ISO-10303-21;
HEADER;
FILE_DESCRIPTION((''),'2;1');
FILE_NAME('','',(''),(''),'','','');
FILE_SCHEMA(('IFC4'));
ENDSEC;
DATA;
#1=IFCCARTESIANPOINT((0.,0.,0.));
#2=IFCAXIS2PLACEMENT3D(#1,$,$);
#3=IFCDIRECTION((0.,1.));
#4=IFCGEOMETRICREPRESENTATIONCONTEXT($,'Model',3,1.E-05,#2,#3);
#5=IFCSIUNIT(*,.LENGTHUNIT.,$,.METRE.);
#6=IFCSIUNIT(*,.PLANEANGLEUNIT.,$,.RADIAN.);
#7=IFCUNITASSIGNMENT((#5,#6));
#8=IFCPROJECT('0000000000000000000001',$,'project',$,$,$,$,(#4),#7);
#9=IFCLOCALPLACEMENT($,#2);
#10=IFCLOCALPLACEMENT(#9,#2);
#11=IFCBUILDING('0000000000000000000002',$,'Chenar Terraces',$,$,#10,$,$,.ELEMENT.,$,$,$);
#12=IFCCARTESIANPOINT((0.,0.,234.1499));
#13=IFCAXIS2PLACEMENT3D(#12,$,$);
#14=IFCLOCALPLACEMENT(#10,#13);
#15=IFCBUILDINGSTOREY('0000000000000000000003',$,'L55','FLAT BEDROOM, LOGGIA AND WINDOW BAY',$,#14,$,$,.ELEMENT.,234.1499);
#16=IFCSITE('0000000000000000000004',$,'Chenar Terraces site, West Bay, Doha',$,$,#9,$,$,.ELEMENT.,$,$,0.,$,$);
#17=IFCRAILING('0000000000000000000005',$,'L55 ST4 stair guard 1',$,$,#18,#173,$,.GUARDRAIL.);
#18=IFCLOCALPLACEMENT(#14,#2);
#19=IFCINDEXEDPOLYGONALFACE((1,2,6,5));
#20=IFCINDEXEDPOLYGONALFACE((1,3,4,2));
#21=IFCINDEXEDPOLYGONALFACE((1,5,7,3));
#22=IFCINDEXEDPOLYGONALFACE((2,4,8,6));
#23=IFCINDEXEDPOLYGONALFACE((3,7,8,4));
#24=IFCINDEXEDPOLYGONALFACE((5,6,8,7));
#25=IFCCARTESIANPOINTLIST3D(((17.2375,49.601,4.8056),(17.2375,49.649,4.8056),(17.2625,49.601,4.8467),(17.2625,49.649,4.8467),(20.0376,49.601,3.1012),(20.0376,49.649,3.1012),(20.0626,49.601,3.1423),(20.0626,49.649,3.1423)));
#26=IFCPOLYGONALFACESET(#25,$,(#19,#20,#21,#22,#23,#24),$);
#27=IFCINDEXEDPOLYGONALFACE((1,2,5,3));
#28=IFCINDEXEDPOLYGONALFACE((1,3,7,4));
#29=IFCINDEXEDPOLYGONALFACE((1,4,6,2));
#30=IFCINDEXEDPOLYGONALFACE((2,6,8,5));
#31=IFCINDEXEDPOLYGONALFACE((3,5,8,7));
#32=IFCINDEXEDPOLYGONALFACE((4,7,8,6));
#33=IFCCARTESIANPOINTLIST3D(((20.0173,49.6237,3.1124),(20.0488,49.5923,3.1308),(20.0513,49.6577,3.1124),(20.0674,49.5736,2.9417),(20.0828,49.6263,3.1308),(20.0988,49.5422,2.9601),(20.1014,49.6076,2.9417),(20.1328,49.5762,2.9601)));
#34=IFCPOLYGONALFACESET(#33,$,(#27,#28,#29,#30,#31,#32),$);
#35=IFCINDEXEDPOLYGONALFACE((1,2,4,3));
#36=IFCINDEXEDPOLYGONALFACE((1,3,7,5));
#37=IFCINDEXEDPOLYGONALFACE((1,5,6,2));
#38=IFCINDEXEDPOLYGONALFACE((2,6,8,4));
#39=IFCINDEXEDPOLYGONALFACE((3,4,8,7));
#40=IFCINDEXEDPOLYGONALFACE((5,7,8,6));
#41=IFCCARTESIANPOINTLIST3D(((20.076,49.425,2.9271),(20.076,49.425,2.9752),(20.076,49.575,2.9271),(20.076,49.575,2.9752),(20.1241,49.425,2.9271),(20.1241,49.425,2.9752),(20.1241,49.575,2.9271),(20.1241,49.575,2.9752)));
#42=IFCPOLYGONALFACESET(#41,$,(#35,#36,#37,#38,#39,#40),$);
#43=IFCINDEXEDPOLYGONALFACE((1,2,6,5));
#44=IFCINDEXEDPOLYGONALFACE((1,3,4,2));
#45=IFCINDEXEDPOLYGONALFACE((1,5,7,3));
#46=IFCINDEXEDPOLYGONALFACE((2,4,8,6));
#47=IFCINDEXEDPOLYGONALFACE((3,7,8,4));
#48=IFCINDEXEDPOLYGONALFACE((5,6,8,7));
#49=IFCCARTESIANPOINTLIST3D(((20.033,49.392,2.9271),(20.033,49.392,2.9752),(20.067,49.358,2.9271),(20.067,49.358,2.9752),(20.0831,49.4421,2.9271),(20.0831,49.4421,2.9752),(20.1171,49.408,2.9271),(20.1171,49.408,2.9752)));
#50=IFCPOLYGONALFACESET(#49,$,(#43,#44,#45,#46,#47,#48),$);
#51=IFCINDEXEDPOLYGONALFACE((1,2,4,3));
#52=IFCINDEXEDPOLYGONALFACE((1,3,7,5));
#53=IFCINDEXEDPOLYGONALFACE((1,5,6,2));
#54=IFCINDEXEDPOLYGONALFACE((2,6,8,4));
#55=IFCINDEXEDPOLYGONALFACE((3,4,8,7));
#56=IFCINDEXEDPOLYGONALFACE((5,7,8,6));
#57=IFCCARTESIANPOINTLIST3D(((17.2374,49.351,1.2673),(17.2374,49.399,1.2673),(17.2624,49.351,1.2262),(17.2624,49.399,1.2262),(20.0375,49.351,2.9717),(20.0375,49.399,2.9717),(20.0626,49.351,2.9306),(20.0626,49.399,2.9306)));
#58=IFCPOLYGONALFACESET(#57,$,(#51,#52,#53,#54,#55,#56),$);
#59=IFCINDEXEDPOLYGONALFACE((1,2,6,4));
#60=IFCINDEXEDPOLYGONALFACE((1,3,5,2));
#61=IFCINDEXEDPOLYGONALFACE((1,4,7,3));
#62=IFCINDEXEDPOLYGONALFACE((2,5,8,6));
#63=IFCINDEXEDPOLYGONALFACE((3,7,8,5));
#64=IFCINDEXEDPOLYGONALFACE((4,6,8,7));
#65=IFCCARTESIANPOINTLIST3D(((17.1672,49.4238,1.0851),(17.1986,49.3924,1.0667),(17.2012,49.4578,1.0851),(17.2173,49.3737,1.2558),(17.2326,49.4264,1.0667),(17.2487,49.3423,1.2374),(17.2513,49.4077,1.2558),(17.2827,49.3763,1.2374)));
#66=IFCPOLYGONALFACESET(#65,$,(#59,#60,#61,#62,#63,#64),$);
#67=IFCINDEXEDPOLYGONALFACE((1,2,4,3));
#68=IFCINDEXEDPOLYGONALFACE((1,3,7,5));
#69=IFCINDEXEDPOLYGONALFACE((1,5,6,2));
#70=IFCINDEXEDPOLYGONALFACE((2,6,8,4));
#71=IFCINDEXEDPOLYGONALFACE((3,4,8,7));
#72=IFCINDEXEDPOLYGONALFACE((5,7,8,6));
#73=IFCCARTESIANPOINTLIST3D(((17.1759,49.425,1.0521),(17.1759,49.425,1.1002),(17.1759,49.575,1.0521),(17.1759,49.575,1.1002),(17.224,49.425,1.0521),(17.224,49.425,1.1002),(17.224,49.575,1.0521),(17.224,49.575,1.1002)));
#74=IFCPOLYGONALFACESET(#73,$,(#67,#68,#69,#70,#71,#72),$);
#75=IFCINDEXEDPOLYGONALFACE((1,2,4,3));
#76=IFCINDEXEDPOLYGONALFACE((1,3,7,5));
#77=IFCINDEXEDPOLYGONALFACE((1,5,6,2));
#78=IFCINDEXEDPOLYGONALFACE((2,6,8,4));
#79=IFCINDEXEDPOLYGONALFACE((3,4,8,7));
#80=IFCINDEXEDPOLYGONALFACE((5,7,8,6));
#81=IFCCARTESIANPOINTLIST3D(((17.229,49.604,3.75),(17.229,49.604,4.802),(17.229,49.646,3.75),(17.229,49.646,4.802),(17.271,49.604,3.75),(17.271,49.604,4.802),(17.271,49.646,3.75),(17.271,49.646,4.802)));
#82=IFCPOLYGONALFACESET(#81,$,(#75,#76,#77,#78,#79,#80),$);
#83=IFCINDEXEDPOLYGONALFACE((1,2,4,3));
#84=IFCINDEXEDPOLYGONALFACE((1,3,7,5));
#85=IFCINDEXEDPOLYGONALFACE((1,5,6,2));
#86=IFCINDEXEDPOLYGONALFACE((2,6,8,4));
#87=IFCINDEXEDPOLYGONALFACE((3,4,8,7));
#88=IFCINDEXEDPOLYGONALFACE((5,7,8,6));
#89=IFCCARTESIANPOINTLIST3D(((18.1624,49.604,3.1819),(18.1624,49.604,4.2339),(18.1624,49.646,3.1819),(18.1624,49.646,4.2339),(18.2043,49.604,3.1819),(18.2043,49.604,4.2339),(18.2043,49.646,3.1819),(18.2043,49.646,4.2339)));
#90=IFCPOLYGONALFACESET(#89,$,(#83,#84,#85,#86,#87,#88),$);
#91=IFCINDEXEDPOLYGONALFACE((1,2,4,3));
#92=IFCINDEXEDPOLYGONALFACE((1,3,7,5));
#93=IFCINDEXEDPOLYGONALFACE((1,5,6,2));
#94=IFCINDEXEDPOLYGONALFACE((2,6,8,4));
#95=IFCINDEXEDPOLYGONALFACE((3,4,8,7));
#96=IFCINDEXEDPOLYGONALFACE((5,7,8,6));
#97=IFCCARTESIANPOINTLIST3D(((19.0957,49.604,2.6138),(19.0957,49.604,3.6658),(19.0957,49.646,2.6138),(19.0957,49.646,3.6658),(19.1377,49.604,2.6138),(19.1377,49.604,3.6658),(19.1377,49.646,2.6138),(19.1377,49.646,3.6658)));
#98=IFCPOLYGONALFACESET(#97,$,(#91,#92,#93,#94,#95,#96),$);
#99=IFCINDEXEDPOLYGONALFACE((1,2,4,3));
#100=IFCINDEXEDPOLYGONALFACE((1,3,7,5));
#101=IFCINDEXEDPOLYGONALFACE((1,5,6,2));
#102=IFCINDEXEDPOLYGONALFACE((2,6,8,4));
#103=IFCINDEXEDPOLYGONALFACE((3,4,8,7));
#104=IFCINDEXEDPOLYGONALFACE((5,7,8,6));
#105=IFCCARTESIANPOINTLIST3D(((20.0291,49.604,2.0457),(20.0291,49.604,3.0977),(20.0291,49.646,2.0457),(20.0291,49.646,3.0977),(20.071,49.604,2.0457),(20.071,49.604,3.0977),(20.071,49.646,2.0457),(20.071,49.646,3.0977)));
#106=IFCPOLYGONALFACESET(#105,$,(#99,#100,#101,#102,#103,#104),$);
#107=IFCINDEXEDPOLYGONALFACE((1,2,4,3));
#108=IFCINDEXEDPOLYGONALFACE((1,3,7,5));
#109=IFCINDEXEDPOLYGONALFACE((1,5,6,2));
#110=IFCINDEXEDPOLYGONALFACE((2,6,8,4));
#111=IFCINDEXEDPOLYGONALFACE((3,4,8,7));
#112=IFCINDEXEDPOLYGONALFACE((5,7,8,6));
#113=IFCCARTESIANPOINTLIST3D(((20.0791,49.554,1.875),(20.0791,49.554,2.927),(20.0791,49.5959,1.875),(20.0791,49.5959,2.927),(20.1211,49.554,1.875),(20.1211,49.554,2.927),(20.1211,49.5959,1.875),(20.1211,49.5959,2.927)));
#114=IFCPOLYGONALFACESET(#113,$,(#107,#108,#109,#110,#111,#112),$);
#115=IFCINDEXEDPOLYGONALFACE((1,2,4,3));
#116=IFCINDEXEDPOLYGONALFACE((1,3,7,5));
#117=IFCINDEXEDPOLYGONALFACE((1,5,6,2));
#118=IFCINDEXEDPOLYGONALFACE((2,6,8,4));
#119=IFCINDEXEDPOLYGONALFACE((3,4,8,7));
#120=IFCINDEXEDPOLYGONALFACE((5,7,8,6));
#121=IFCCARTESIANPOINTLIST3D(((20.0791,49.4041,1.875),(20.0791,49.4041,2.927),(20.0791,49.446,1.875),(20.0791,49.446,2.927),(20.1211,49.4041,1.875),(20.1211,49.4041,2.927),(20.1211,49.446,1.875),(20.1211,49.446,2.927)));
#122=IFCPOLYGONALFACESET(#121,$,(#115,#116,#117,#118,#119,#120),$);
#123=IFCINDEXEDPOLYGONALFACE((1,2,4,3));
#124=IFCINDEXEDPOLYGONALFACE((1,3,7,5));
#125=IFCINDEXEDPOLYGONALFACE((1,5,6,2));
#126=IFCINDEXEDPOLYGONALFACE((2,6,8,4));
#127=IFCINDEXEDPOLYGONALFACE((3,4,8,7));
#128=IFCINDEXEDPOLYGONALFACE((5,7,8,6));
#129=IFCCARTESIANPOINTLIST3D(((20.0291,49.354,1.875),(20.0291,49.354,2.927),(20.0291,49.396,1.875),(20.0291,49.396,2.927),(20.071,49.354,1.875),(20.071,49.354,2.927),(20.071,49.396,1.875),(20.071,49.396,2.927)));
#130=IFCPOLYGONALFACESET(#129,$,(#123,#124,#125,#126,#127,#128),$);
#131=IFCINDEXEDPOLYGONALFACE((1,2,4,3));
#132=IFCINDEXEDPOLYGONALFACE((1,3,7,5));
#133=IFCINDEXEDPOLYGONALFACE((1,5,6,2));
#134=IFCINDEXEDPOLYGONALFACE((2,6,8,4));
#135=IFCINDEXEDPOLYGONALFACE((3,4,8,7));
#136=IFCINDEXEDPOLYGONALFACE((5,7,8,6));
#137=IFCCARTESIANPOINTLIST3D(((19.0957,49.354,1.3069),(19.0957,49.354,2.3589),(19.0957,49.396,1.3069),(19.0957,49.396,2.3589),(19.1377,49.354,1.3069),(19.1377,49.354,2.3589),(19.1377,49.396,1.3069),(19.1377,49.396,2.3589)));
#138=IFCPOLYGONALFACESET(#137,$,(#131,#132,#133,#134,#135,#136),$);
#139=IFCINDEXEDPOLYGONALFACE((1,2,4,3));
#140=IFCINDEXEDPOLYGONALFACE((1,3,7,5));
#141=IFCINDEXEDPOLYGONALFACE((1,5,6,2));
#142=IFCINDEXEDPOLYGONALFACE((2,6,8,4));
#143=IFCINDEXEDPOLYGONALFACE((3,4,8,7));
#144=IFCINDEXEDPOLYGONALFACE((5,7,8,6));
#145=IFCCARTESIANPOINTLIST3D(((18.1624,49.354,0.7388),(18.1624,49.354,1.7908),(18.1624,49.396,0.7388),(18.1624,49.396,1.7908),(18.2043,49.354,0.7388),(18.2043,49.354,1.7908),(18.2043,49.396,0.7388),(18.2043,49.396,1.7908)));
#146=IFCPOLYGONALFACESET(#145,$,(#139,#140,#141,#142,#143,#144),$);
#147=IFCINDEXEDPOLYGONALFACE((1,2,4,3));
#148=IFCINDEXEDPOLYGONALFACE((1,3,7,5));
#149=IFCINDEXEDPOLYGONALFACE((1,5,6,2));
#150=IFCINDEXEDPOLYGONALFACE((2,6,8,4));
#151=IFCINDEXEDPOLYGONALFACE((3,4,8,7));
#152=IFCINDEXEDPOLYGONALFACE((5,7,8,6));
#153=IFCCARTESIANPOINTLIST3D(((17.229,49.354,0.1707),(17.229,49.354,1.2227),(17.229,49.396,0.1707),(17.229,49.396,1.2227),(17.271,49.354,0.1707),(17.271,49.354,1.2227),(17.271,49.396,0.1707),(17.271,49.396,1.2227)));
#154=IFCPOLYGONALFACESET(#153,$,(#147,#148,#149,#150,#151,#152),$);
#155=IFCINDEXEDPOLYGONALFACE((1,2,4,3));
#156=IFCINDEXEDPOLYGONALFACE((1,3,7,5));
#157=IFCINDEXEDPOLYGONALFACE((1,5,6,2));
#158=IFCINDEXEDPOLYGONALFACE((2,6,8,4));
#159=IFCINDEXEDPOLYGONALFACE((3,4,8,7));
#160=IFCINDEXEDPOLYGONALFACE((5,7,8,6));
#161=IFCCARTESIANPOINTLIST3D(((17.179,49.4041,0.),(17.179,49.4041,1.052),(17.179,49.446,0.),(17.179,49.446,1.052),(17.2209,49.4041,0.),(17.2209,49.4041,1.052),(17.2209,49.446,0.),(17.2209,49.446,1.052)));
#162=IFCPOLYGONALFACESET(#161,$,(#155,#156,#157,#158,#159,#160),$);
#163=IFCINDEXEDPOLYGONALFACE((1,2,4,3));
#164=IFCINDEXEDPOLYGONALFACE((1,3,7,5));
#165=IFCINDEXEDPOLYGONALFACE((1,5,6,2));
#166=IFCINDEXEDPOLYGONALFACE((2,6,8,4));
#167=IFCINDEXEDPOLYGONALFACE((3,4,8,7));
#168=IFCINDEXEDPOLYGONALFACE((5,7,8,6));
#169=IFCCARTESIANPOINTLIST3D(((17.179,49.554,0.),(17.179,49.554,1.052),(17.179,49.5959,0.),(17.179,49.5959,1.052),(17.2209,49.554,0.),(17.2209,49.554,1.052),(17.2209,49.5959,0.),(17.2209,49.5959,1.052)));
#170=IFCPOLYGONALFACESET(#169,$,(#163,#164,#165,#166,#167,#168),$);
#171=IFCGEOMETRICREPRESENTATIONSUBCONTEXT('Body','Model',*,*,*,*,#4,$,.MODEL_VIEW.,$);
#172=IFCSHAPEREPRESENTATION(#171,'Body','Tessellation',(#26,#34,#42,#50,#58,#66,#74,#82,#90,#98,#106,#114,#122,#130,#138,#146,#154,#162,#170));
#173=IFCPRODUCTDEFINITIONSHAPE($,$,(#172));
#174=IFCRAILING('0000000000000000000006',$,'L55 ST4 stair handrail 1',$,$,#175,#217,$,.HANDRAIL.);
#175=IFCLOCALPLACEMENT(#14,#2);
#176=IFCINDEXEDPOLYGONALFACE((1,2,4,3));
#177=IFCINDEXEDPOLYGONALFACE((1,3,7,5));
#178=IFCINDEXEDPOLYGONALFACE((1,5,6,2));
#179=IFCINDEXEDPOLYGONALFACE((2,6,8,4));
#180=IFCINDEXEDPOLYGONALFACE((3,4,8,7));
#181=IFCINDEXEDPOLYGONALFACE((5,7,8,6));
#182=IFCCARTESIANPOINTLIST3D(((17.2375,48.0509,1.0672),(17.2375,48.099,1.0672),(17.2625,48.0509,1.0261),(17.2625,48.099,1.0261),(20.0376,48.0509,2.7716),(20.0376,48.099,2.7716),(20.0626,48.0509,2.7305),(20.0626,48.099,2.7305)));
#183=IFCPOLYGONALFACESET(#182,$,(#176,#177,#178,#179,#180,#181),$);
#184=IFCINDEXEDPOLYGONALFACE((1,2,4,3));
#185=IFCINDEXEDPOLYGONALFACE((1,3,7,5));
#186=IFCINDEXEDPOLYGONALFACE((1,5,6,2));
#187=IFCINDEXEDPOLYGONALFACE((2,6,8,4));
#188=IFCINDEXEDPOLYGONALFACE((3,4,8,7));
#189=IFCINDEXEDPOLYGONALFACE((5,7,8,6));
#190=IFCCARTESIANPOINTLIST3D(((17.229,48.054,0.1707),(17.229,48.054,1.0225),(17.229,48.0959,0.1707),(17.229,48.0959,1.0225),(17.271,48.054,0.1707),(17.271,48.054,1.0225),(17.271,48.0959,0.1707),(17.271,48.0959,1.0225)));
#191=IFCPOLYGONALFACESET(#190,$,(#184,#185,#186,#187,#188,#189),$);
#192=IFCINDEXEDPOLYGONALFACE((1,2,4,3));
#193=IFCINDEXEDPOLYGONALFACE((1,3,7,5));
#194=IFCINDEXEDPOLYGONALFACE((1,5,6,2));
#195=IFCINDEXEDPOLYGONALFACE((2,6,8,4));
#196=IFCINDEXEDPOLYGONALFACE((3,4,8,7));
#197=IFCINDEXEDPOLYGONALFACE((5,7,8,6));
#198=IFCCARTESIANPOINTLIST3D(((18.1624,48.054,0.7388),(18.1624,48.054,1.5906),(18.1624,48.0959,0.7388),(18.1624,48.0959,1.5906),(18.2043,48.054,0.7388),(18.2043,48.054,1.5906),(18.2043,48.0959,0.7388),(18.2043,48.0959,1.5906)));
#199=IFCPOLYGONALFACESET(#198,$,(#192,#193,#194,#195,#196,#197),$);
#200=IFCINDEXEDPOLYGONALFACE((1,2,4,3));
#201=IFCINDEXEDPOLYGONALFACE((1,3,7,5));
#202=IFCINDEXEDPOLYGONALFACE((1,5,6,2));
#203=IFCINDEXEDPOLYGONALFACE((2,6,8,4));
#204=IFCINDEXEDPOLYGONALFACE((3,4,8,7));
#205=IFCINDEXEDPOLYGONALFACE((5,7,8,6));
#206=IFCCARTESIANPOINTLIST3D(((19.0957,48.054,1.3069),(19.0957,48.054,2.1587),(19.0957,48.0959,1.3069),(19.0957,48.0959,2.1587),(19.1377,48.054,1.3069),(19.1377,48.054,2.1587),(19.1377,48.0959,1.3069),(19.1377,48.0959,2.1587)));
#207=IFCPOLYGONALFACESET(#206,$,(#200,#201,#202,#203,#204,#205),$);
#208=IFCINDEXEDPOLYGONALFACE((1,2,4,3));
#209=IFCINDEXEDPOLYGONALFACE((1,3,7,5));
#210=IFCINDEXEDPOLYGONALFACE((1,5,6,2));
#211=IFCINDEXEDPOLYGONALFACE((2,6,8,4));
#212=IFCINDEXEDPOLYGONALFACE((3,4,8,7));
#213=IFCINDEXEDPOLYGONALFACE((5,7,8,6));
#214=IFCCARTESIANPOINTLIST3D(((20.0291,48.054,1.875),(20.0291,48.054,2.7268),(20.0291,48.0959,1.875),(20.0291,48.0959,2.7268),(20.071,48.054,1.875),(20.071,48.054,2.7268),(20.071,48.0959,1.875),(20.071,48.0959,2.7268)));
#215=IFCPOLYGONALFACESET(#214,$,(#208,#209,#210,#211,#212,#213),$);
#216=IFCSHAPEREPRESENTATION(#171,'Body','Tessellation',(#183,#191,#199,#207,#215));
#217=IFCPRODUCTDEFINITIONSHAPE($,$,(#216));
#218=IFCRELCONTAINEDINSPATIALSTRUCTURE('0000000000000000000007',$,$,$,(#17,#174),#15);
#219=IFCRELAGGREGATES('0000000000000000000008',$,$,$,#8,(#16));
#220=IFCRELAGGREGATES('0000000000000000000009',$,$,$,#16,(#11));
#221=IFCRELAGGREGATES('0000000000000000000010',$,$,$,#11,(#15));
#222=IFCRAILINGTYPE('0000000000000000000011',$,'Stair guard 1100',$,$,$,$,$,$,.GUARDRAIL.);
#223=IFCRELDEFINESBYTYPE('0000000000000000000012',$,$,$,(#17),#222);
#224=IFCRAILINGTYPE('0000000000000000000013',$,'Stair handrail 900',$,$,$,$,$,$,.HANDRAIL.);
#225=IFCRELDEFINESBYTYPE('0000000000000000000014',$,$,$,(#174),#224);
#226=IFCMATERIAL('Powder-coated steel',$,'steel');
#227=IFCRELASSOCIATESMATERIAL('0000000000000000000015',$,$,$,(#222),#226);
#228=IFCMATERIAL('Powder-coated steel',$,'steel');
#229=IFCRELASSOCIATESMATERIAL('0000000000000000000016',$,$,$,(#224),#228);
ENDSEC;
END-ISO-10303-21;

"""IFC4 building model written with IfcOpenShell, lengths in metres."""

from ifc_helpers import new_model, si_unit, direction, frame, origin, origin_2d, place, context, subcontext, project, spatial, rectangle, extrude, material, type_object, element, save


model = new_model("IFC4")

# Units and contexts
model_context = context("Model", 3, precision=1e-05, world=origin(), true_north=direction((0.0, 1.0)))
body_context = subcontext(model_context, "Body", "Model", "MODEL_VIEW")
ifc_project = project(units=[si_unit("LENGTHUNIT", "METRE"), si_unit("PLANEANGLEUNIT", "RADIAN")], contexts=[model_context])

# Site, building, storey
site_placement = place(None, origin())
site = spatial("IfcSite", under=ifc_project, at=site_placement, Name="Chenar Terraces site, West Bay, Doha", CompositionType="ELEMENT", RefElevation=0.0)
building_placement = place(site_placement, origin())
building = spatial("IfcBuilding", under=site, at=building_placement, Name="Chenar Terraces", CompositionType="ELEMENT")
storey_placement = place(building_placement, frame((0.0, 0.0, 234.1499)))
storey = spatial("IfcBuildingStorey", under=building, at=storey_placement, Name="L55", Description="FLAT BEDROOM, LOGGIA AND WINDOW BAY", CompositionType="ELEMENT", Elevation=234.1499)

# Railings
ifc_material_1 = material(Name="Powder-coated steel", Category="steel")
railing_type_1 = type_object("IfcRailingType", Name="Stair guard 1100", PredefinedType="GUARDRAIL", material=ifc_material_1)
railing_1_placement = place(storey_placement, frame((17.25, 49.625, 3.75)))
element("IfcRailing", 1, at=railing_1_placement, inside=storey, type_object=railing_type_1, Name="L55 ST4 stair guard 1", PredefinedType="GUARDRAIL", context=body_context, shape_type="SweptSolid", body=[
    extrude(rectangle(XDim=0.0481, YDim=0.0481, at=origin_2d()), frame((0.0, 0.0, 1.0762), z_axis=(0.854203, 0.0, -0.51994), x_axis=(0.0, 1.0, 0.0)), (0.0, 0.0, 1.0), 3.2781),
    extrude(rectangle(XDim=0.0481, YDim=0.0481, at=origin_2d()), frame((2.8, 0.0, -0.6284), z_axis=(0.2709, -0.2709, -0.923703), x_axis=(0.707107, 0.707107, 0.0)), (0.0, 0.0, 1.0), 0.1848),
    extrude(rectangle(XDim=0.0481, YDim=0.0481, at=origin_2d()), frame((2.8501, -0.05, -0.7988), z_axis=(0.0, -1.0, 0.0), x_axis=(1.0, 0.0, 0.0)), (0.0, 0.0, 1.0), 0.1499),
    extrude(rectangle(XDim=0.0481, YDim=0.0481, at=origin_2d()), frame((2.8501, -0.2, -0.7988), z_axis=(-0.707107, -0.707107, 0.0), x_axis=(0.707107, -0.707107, 0.0)), (0.0, 0.0, 1.0), 0.0708),
    extrude(rectangle(XDim=0.0481, YDim=0.0481, at=origin_2d()), frame((2.8, -0.25, -0.7988), z_axis=(-0.854203, 0.0, -0.51994), x_axis=(0.0, -1.0, 0.0)), (0.0, 0.0, 1.0), 3.2781),
    extrude(rectangle(XDim=0.0481, YDim=0.0481, at=origin_2d()), frame((0.0, -0.25, -2.5034), z_axis=(-0.2709, 0.2709, -0.923703), x_axis=(-0.707107, -0.707107, 0.0)), (0.0, 0.0, 1.0), 0.1848),
    extrude(rectangle(XDim=0.0481, YDim=0.0481, at=origin_2d()), frame((-0.05, -0.2, -2.6738), z_axis=(0.0, 1.0, 0.0), x_axis=(-1.0, 0.0, 0.0)), (0.0, 0.0, 1.0), 0.1499),
    extrude(rectangle(XDim=0.042, YDim=0.042, at=origin_2d()), origin(), (0.0, 0.0, 1.0), 1.052),
    extrude(rectangle(XDim=0.042, YDim=0.042, at=origin_2d()), frame((0.9333, 0.0, -0.5681)), (0.0, 0.0, 1.0), 1.052),
    extrude(rectangle(XDim=0.042, YDim=0.042, at=origin_2d()), frame((1.8667, 0.0, -1.1362)), (0.0, 0.0, 1.0), 1.052),
    extrude(rectangle(XDim=0.042, YDim=0.042, at=origin_2d()), frame((2.8, 0.0, -1.7043)), (0.0, 0.0, 1.0), 1.052),
    extrude(rectangle(XDim=0.042, YDim=0.042, at=origin_2d()), frame((2.8501, -0.05, -1.875)), (0.0, 0.0, 1.0), 1.052),
    extrude(rectangle(XDim=0.042, YDim=0.042, at=origin_2d()), frame((2.8501, -0.2, -1.875)), (0.0, 0.0, 1.0), 1.052),
    extrude(rectangle(XDim=0.042, YDim=0.042, at=origin_2d()), frame((2.8, -0.25, -1.875)), (0.0, 0.0, 1.0), 1.052),
    extrude(rectangle(XDim=0.042, YDim=0.042, at=origin_2d()), frame((1.8667, -0.25, -2.4431)), (0.0, 0.0, 1.0), 1.052),
    extrude(rectangle(XDim=0.042, YDim=0.042, at=origin_2d()), frame((0.9333, -0.25, -3.0112)), (0.0, 0.0, 1.0), 1.052),
    extrude(rectangle(XDim=0.042, YDim=0.042, at=origin_2d()), frame((0.0, -0.25, -3.5793)), (0.0, 0.0, 1.0), 1.052),
    extrude(rectangle(XDim=0.042, YDim=0.042, at=origin_2d()), frame((-0.05, -0.2, -3.75)), (0.0, 0.0, 1.0), 1.052),
    extrude(rectangle(XDim=0.042, YDim=0.042, at=origin_2d()), frame((-0.05, -0.05, -3.75)), (0.0, 0.0, 1.0), 1.052),
])
ifc_material_2 = material(Name="Powder-coated steel", Category="steel")
railing_type_2 = type_object("IfcRailingType", Name="Stair handrail 900", PredefinedType="HANDRAIL", material=ifc_material_2)
railing_2_placement = place(storey_placement, frame((17.25, 48.075, 0.1707)))
element("IfcRailing", 2, at=railing_2_placement, inside=storey, type_object=railing_type_2, Name="L55 ST4 stair handrail 1", PredefinedType="HANDRAIL", context=body_context, shape_type="SweptSolid", body=[
    extrude(rectangle(XDim=0.0481, YDim=0.0481, at=origin_2d()), frame((0.0, 0.0, 0.876), z_axis=(0.854203, 0.0, 0.51994), x_axis=(0.0, 1.0, 0.0)), (0.0, 0.0, 1.0), 3.2781),
    extrude(rectangle(XDim=0.042, YDim=0.042, at=origin_2d()), origin(), (0.0, 0.0, 1.0), 0.8518),
    extrude(rectangle(XDim=0.042, YDim=0.042, at=origin_2d()), frame((0.9333, 0.0, 0.5681)), (0.0, 0.0, 1.0), 0.8518),
    extrude(rectangle(XDim=0.042, YDim=0.042, at=origin_2d()), frame((1.8667, 0.0, 1.1362)), (0.0, 0.0, 1.0), 0.8518),
    extrude(rectangle(XDim=0.042, YDim=0.042, at=origin_2d()), frame((2.8, 0.0, 1.7043)), (0.0, 0.0, 1.0), 0.8518),
])

save(model, "model.ifc")
